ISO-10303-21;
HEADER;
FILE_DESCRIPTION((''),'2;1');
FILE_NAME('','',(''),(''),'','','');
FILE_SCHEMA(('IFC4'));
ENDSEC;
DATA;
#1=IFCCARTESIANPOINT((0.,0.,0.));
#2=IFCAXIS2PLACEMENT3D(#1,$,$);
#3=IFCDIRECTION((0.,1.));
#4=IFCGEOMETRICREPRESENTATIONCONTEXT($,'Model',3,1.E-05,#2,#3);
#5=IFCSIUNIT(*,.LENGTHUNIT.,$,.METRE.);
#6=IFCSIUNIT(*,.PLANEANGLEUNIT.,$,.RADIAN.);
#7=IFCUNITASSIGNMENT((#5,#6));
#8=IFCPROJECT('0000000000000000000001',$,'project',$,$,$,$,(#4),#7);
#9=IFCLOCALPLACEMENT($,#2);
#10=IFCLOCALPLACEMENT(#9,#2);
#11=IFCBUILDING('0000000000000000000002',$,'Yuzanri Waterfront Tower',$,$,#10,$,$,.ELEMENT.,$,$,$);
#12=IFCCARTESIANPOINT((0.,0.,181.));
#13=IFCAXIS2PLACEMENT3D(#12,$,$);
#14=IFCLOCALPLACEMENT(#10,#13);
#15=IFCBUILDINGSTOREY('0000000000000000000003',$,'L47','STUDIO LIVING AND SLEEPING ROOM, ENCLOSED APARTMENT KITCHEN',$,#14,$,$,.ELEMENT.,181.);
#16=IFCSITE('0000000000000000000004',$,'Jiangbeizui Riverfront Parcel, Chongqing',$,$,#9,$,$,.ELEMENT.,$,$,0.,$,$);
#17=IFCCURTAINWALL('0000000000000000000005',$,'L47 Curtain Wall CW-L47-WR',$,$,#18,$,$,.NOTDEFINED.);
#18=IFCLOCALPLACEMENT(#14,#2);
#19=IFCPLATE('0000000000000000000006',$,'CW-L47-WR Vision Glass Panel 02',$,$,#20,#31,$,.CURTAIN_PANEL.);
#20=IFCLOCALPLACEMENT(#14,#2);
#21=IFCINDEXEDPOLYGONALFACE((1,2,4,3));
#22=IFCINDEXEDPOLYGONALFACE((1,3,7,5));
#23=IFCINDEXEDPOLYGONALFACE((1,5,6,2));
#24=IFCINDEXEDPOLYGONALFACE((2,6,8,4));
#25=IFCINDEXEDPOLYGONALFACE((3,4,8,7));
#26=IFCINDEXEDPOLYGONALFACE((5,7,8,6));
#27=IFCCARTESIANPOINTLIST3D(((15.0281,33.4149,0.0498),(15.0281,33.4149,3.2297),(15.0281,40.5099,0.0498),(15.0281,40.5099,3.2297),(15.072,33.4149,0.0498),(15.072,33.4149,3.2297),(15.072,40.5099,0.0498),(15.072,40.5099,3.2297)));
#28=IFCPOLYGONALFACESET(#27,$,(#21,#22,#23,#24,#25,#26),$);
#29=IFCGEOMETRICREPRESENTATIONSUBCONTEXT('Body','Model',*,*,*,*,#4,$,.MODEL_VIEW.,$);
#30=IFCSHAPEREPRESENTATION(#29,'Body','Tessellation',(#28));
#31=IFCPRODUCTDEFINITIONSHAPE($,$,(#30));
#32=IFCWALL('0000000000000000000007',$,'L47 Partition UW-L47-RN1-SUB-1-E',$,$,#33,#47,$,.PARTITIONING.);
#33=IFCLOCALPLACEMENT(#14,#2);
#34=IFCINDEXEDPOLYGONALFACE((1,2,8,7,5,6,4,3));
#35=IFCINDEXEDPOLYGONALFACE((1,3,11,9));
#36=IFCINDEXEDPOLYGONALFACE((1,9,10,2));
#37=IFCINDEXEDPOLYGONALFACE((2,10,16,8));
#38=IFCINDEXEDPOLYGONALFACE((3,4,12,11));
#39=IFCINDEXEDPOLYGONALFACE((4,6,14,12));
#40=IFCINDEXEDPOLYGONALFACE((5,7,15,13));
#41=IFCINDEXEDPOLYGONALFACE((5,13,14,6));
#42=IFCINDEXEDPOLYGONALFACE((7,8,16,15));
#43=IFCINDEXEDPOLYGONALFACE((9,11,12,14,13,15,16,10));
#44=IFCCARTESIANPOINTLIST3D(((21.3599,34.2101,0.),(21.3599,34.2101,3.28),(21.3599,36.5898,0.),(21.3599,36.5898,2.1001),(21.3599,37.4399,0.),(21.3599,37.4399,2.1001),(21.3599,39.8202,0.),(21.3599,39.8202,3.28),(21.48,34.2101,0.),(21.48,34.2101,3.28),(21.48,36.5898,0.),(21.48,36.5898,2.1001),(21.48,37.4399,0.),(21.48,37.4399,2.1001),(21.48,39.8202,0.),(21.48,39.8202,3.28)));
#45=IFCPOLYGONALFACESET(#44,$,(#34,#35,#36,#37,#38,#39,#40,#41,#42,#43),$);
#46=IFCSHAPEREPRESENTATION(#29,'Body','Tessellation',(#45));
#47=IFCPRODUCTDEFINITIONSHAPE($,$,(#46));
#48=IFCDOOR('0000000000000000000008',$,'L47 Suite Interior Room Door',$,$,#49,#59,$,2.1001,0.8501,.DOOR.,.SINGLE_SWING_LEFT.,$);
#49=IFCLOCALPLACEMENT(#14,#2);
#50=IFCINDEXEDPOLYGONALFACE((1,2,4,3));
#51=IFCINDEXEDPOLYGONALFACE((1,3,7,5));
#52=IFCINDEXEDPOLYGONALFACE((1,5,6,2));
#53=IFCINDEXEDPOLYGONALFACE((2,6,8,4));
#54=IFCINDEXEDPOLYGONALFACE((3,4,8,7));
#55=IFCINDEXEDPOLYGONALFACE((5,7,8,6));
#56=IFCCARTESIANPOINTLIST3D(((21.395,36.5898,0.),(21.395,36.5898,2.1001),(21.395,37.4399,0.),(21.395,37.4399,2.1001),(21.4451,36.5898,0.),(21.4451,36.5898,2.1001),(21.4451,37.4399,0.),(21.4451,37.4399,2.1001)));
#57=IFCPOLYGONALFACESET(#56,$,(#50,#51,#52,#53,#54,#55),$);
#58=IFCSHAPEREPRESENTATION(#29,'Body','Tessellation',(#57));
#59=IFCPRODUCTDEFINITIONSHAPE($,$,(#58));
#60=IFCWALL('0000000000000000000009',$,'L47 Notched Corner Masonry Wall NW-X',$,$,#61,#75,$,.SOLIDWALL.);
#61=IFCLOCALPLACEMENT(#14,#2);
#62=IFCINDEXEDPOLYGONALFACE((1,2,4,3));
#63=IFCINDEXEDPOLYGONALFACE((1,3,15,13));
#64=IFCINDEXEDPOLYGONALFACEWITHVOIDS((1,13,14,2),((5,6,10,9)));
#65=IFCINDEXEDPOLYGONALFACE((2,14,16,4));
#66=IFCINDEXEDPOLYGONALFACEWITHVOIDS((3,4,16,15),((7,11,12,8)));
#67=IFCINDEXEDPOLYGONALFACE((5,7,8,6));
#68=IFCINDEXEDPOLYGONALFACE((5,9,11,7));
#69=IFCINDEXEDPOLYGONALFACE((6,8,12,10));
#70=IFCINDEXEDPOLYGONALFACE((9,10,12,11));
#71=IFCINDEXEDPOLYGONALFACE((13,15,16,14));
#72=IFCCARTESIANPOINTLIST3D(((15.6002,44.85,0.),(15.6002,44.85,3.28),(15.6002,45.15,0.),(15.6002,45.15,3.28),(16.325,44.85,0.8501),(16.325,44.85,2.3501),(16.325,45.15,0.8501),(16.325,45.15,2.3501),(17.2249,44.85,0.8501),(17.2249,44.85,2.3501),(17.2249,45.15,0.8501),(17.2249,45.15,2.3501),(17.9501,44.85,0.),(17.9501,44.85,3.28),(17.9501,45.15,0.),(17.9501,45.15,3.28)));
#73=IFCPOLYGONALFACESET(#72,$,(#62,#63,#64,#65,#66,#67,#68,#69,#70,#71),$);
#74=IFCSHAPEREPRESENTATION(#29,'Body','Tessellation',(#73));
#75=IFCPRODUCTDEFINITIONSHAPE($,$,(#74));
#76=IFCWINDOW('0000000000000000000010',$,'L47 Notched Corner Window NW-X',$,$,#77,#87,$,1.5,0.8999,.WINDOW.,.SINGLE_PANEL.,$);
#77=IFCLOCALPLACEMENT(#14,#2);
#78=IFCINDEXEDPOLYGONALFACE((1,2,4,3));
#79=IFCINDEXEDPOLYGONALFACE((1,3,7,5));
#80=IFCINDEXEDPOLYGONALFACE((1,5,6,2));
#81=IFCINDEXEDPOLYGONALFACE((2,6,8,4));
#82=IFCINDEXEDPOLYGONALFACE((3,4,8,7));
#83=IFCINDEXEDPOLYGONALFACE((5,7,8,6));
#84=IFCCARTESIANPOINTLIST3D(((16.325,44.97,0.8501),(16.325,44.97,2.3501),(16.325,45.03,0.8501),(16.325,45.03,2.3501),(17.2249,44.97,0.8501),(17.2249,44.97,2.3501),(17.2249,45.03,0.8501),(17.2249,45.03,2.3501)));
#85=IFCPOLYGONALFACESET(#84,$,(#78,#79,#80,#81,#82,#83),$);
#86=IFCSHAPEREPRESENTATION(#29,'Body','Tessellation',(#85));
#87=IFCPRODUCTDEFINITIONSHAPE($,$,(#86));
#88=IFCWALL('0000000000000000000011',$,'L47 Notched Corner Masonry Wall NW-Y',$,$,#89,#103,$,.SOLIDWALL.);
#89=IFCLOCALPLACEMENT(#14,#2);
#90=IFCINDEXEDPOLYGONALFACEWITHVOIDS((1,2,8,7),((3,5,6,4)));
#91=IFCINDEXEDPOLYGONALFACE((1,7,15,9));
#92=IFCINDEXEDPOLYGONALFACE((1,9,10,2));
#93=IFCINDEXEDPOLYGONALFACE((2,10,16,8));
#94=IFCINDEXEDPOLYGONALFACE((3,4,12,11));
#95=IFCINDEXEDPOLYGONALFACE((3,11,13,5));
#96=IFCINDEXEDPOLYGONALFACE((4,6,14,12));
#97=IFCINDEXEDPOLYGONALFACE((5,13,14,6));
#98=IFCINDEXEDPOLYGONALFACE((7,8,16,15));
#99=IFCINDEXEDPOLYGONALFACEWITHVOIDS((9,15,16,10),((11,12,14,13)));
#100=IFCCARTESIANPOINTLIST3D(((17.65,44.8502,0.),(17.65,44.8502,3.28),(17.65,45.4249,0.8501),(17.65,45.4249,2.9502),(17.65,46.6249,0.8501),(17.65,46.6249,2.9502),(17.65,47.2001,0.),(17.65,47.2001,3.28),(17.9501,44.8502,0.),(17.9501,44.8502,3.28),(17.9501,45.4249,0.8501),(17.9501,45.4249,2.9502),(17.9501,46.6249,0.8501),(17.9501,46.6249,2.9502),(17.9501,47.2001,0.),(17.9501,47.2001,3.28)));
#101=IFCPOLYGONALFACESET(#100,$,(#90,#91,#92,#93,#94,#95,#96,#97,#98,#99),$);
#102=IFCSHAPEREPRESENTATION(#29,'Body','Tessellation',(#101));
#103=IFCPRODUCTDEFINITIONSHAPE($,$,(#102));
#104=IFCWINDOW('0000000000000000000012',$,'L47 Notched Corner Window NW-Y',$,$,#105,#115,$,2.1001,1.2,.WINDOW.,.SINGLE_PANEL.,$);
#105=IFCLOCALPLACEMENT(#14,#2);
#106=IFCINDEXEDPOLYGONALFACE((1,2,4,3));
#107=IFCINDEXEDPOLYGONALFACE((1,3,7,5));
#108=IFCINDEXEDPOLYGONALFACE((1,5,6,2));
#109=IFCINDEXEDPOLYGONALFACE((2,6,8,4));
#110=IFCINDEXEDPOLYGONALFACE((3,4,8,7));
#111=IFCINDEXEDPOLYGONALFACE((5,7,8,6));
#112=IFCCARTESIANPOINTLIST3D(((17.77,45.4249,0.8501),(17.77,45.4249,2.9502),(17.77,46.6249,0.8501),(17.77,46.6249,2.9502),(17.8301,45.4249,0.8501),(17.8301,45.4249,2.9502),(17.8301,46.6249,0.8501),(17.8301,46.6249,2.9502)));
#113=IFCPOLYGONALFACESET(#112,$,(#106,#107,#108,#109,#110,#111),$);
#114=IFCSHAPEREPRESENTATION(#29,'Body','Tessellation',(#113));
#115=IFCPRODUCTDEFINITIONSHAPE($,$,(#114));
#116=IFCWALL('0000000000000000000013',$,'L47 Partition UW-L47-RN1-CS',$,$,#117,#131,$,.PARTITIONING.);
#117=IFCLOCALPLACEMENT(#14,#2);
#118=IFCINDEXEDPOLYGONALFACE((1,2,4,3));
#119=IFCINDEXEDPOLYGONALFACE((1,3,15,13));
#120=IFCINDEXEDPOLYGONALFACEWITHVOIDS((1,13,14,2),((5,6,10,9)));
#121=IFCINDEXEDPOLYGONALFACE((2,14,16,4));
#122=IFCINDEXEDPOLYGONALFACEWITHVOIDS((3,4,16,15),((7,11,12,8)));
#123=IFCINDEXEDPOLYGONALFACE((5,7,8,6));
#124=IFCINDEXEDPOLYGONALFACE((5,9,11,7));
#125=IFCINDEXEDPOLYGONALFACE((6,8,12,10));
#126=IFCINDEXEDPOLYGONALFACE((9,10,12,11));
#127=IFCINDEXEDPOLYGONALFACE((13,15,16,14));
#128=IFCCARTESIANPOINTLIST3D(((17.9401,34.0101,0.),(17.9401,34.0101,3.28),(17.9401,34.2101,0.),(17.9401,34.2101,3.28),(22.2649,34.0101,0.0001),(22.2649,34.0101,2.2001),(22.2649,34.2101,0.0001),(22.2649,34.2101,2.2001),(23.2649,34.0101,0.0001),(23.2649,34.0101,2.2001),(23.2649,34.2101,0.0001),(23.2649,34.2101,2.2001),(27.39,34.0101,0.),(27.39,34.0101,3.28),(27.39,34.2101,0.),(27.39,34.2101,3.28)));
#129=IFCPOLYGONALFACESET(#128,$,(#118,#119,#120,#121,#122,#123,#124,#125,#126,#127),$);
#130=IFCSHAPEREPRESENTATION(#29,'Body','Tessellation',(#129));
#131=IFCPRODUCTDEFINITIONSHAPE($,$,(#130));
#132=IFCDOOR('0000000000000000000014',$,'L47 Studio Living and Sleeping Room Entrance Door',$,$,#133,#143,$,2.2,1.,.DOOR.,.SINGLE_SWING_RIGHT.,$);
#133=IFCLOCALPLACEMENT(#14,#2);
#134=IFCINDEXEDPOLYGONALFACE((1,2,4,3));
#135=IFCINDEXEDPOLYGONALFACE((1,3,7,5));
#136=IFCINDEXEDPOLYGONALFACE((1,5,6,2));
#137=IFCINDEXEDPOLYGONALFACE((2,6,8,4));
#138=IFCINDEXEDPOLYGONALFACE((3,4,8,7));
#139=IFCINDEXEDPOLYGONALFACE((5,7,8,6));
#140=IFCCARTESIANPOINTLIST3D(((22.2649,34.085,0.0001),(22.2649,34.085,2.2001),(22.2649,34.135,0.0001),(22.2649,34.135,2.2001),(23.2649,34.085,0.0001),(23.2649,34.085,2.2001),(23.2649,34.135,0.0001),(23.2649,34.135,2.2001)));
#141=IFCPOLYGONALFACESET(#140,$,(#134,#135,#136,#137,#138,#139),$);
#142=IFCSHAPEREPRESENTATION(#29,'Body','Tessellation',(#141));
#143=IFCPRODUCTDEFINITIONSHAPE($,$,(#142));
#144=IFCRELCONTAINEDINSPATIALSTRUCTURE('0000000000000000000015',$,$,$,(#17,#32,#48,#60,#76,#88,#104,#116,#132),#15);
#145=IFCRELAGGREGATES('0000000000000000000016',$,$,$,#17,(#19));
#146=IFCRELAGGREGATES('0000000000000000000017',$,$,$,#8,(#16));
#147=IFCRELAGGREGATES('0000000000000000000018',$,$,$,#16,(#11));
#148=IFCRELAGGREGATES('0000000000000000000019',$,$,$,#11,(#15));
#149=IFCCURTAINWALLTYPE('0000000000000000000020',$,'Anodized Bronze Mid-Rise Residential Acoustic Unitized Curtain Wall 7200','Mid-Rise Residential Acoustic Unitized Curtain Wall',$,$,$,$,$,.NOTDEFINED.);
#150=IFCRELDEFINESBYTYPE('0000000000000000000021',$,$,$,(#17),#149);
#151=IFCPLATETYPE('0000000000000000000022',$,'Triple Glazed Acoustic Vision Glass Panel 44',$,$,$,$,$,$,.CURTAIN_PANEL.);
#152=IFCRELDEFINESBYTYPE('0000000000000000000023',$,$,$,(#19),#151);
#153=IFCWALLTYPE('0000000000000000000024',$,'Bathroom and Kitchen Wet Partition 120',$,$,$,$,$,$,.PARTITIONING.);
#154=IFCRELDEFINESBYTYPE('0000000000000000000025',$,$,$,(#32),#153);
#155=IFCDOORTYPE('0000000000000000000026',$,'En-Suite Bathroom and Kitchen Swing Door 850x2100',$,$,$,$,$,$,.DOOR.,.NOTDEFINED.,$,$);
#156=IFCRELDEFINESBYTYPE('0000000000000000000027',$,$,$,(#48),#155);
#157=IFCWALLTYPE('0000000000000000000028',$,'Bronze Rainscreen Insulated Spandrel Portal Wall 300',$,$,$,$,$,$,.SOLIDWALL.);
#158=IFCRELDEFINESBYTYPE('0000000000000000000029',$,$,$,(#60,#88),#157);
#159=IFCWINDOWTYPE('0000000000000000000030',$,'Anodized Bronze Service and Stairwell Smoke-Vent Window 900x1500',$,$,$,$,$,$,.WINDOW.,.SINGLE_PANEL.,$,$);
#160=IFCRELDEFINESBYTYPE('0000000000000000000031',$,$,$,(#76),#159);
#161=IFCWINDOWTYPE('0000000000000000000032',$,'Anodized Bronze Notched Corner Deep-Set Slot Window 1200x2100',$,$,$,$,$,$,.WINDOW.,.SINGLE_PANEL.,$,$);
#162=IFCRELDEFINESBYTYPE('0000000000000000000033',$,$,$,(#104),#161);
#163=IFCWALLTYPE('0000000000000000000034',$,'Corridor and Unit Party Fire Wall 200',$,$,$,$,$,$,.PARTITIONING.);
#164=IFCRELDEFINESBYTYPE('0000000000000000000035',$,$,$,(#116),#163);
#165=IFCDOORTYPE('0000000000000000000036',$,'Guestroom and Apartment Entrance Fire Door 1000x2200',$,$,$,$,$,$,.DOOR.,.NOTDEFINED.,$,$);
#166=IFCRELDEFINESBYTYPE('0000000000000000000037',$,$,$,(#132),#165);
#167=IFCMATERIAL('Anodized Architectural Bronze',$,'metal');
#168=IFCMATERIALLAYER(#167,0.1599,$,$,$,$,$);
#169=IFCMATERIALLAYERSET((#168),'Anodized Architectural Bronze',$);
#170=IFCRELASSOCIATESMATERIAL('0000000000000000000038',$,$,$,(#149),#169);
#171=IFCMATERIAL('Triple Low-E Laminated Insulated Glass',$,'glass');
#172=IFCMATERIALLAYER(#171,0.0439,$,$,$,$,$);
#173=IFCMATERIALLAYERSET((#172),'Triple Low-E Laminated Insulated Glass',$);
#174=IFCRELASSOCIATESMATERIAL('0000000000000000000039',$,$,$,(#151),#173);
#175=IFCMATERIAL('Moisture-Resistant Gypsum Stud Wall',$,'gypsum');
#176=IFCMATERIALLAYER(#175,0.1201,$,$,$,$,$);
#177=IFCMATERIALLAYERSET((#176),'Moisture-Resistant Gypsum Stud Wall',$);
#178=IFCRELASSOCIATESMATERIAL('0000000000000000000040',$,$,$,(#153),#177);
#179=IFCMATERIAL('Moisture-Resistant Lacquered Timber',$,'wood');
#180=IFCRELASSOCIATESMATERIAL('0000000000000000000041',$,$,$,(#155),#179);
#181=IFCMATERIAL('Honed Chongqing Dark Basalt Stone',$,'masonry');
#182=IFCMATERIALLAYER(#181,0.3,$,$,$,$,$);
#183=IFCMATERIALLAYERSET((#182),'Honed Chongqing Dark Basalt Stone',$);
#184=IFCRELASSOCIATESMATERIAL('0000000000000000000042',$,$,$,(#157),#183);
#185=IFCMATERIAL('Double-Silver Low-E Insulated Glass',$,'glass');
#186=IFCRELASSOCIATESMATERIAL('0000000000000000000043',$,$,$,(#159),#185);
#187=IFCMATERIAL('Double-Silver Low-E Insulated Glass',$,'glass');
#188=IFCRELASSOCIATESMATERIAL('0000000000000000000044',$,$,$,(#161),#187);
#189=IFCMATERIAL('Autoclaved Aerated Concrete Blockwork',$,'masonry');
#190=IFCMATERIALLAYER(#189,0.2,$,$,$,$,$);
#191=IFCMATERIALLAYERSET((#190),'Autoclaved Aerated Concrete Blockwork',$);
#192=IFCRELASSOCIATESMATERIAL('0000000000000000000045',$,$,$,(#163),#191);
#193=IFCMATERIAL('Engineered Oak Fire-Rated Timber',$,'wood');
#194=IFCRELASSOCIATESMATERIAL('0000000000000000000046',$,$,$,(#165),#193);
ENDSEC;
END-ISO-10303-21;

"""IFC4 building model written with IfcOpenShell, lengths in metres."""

from ifc_helpers import new_model, si_unit, direction, frame, frame_2d, origin, origin_2d, place, context, subcontext, project, spatial, rectangle, extrude, source, transform, mapped, material, layer, layer_set, type_object, element, fill, aggregate, save


model = new_model("IFC4")

# Units and contexts
model_context = context("Model", 3, precision=1e-05, world=origin(), true_north=direction((0.0, 1.0)))
body_context = subcontext(model_context, "Body", "Model", "MODEL_VIEW")
ifc_project = project(units=[si_unit("LENGTHUNIT", "METRE"), si_unit("PLANEANGLEUNIT", "RADIAN")], contexts=[model_context])

# Site, building, storey
site_placement = place(None, origin())
site = spatial("IfcSite", under=ifc_project, at=site_placement, Name="Jiangbeizui Riverfront Parcel, Chongqing", CompositionType="ELEMENT", RefElevation=0.0)
building_placement = place(site_placement, origin())
building = spatial("IfcBuilding", under=site, at=building_placement, Name="Yuzanri Waterfront Tower", CompositionType="ELEMENT")
storey_placement = place(building_placement, frame((0.0, 0.0, 181.0)))
storey = spatial("IfcBuildingStorey", under=building, at=storey_placement, Name="L47", Description="STUDIO LIVING AND SLEEPING ROOM, ENCLOSED APARTMENT KITCHEN", CompositionType="ELEMENT", Elevation=181.0)

# Curtain wall
ifc_material_1 = material(Name="Anodized Architectural Bronze", Category="metal")
ifc_layer_1 = layer(ifc_material_1, 0.1599)
ifc_layer_set_1 = layer_set([ifc_layer_1], Name="Anodized Architectural Bronze")
curtain_wall_type = type_object("IfcCurtainWallType", Name="Anodized Bronze Mid-Rise Residential Acoustic Unitized Curtain Wall 7200", Description="Mid-Rise Residential Acoustic Unitized Curtain Wall", PredefinedType="NOTDEFINED", material=ifc_layer_set_1)
curtain_wall_placement = place(storey_placement, origin())
curtain_wall = element("IfcCurtainWall", 1, at=curtain_wall_placement, inside=storey, type_object=curtain_wall_type, Name="L47 Curtain Wall CW-L47-WR", PredefinedType="NOTDEFINED")

# Plate
ifc_material_2 = material(Name="Triple Low-E Laminated Insulated Glass", Category="glass")
ifc_layer_2 = layer(ifc_material_2, 0.0439)
ifc_layer_set_2 = layer_set([ifc_layer_2], Name="Triple Low-E Laminated Insulated Glass")
plate_type_1 = type_object("IfcPlateType", Name="Triple Glazed Acoustic Vision Glass Panel 44", PredefinedType="CURTAIN_PANEL", material=ifc_layer_set_2)
shared_shape_1 = source(origin(), body_context, "Body", "SweptSolid", [
    extrude(rectangle(XDim=7.095, YDim=0.0439, at=origin_2d()), origin(), (0.0, 0.0, 1.0), 3.1799),
])
plate_placement = place(storey_placement, frame((15.05, 36.9624, 0.0498), z_axis=(0.0, 0.0, 1.0), x_axis=(0.0, 1.0, 0.0)))
plate = element("IfcPlate", 2, at=plate_placement, type_object=plate_type_1, Name="CW-L47-WR Vision Glass Panel 02", PredefinedType="CURTAIN_PANEL", context=body_context, shape_type="MappedRepresentation", body=[
    mapped(shared_shape_1, transform((0.0, 0.0, 0.0), scale=1.0)),
])
aggregate(curtain_wall, [plate])

# Wall, opening, door
ifc_material_3 = material(Name="Moisture-Resistant Gypsum Stud Wall", Category="gypsum")
ifc_layer_3 = layer(ifc_material_3, 0.1201)
ifc_layer_set_3 = layer_set([ifc_layer_3], Name="Moisture-Resistant Gypsum Stud Wall")
wall_type_1 = type_object("IfcWallType", Name="Bathroom and Kitchen Wet Partition 120", PredefinedType="PARTITIONING", material=ifc_layer_set_3)
wall_1_placement = place(storey_placement, frame((21.4199, 34.21, 0.0), z_axis=(0.0, 0.0, 1.0), x_axis=(0.0, 1.0, 0.0)))
wall_1 = element("IfcWall", 3, at=wall_1_placement, inside=storey, type_object=wall_type_1, Name="L47 Partition UW-L47-RN1-SUB-1-E", PredefinedType="PARTITIONING", context=body_context, shape_type="SweptSolid", body=[
    extrude(rectangle(XDim=5.6101, YDim=0.1201, at=frame_2d((2.8052, 0.0))), origin(), (0.0, 0.0, 1.0), 3.28),
])
opening_1_placement = place(wall_1_placement, frame((2.3799, 0.0, 0.0)))
opening_1 = element("IfcOpeningElement", 4, at=opening_1_placement, cuts=wall_1, PredefinedType="OPENING", context=body_context, shape_type="SweptSolid", body=[
    extrude(rectangle(XDim=0.8501, YDim=2.1001, at=frame_2d((0.425, 1.05))), frame((0.0, 0.075, 0.0), z_axis=(0.0, -1.0, 0.0), x_axis=(1.0, 0.0, 0.0)), (0.0, 0.0, 1.0), 0.1499),
])
ifc_material_4 = material(Name="Moisture-Resistant Lacquered Timber", Category="wood")
door_type_1 = type_object("IfcDoorType", Name="En-Suite Bathroom and Kitchen Swing Door 850x2100", OperationType="NOTDEFINED", PredefinedType="DOOR", material=ifc_material_4)
shared_shape_2 = source(origin(), body_context, "Body", "SweptSolid", [
    extrude(rectangle(XDim=0.8501, YDim=2.1001, at=frame_2d((0.425, 1.05))), frame((0.0, 0.0249, 0.0), z_axis=(0.0, -1.0, 0.0), x_axis=(1.0, 0.0, 0.0)), (0.0, 0.0, 1.0), 0.05),
])
door_1_placement = place(opening_1_placement, origin())
door_1 = element("IfcDoor", 5, at=door_1_placement, inside=storey, type_object=door_type_1, Name="L47 Suite Interior Room Door", OperationType="SINGLE_SWING_LEFT", OverallHeight=2.1001, OverallWidth=0.8501, PredefinedType="DOOR", context=body_context, shape_type="MappedRepresentation", body=[
    mapped(shared_shape_2, transform((0.0, 0.0, 0.0), scale=1.0)),
])
fill(opening_1, door_1)

# Walls, openings, windows
ifc_material_5 = material(Name="Honed Chongqing Dark Basalt Stone", Category="masonry")
ifc_layer_4 = layer(ifc_material_5, 0.3)
ifc_layer_set_4 = layer_set([ifc_layer_4], Name="Honed Chongqing Dark Basalt Stone")
wall_type_2 = type_object("IfcWallType", Name="Bronze Rainscreen Insulated Spandrel Portal Wall 300", PredefinedType="SOLIDWALL", material=ifc_layer_set_4)
wall_2_placement = place(storey_placement, frame((17.95, 45.0, 0.0), z_axis=(0.0, 0.0, 1.0), x_axis=(-1.0, 0.0, 0.0)))
wall_2 = element("IfcWall", 6, at=wall_2_placement, inside=storey, type_object=wall_type_2, Name="L47 Notched Corner Masonry Wall NW-X", PredefinedType="SOLIDWALL", context=body_context, shape_type="SweptSolid", body=[
    extrude(rectangle(XDim=2.3499, YDim=0.3, at=frame_2d((1.1748, 0.0))), origin(), (0.0, 0.0, 1.0), 3.28),
])
opening_2_placement = place(wall_2_placement, frame((0.7251, 0.0, 0.8501)))
opening_2 = element("IfcOpeningElement", 7, at=opening_2_placement, cuts=wall_2, PredefinedType="OPENING", context=body_context, shape_type="SweptSolid", body=[
    extrude(rectangle(XDim=0.8999, YDim=1.5, at=frame_2d((0.45, 0.75))), frame((0.0, 0.165, 0.0), z_axis=(0.0, -1.0, 0.0), x_axis=(1.0, 0.0, 0.0)), (0.0, 0.0, 1.0), 0.3298),
])
ifc_material_6 = material(Name="Double-Silver Low-E Insulated Glass", Category="glass")
window_type_1 = type_object("IfcWindowType", Name="Anodized Bronze Service and Stairwell Smoke-Vent Window 900x1500", PartitioningType="SINGLE_PANEL", PredefinedType="WINDOW", material=ifc_material_6)
shared_shape_3 = source(origin(), body_context, "Body", "SweptSolid", [
    extrude(rectangle(XDim=0.8999, YDim=1.5, at=frame_2d((0.45, 0.75))), frame((0.0, 0.03, 0.0), z_axis=(0.0, -1.0, 0.0), x_axis=(1.0, 0.0, 0.0)), (0.0, 0.0, 1.0), 0.0601),
])
window_1_placement = place(opening_2_placement, origin())
window_1 = element("IfcWindow", 8, at=window_1_placement, inside=storey, type_object=window_type_1, Name="L47 Notched Corner Window NW-X", OverallHeight=1.5, OverallWidth=0.8999, PartitioningType="SINGLE_PANEL", PredefinedType="WINDOW", context=body_context, shape_type="MappedRepresentation", body=[
    mapped(shared_shape_3, transform((0.0, 0.0, 0.0), scale=1.0)),
])
fill(opening_2, window_1)
wall_3_placement = place(storey_placement, frame((17.8, 47.2, 0.0), z_axis=(0.0, 0.0, 1.0), x_axis=(0.0, -1.0, 0.0)))
wall_3 = element("IfcWall", 9, at=wall_3_placement, inside=storey, type_object=wall_type_2, Name="L47 Notched Corner Masonry Wall NW-Y", PredefinedType="SOLIDWALL", context=body_context, shape_type="SweptSolid", body=[
    extrude(rectangle(XDim=2.3499, YDim=0.3, at=frame_2d((1.1748, 0.0))), origin(), (0.0, 0.0, 1.0), 3.28),
])
opening_3_placement = place(wall_3_placement, frame((0.575, 0.0, 0.8501)))
opening_3 = element("IfcOpeningElement", 10, at=opening_3_placement, cuts=wall_3, PredefinedType="OPENING", context=body_context, shape_type="SweptSolid", body=[
    extrude(rectangle(XDim=1.2, YDim=2.1001, at=frame_2d((0.6001, 1.05))), frame((0.0, 0.165, 0.0), z_axis=(0.0, -1.0, 0.0), x_axis=(1.0, 0.0, 0.0)), (0.0, 0.0, 1.0), 0.3298),
])
ifc_material_7 = material(Name="Double-Silver Low-E Insulated Glass", Category="glass")
window_type_2 = type_object("IfcWindowType", Name="Anodized Bronze Notched Corner Deep-Set Slot Window 1200x2100", PartitioningType="SINGLE_PANEL", PredefinedType="WINDOW", material=ifc_material_7)
shared_shape_4 = source(origin(), body_context, "Body", "SweptSolid", [
    extrude(rectangle(XDim=1.2, YDim=2.1001, at=frame_2d((0.6001, 1.05))), frame((0.0, 0.03, 0.0), z_axis=(0.0, -1.0, 0.0), x_axis=(1.0, 0.0, 0.0)), (0.0, 0.0, 1.0), 0.0601),
])
window_2_placement = place(opening_3_placement, origin())
window_2 = element("IfcWindow", 11, at=window_2_placement, inside=storey, type_object=window_type_2, Name="L47 Notched Corner Window NW-Y", OverallHeight=2.1001, OverallWidth=1.2, PartitioningType="SINGLE_PANEL", PredefinedType="WINDOW", context=body_context, shape_type="MappedRepresentation", body=[
    mapped(shared_shape_4, transform((0.0, 0.0, 0.0), scale=1.0)),
])
fill(opening_3, window_2)

# Wall, opening, door
ifc_material_8 = material(Name="Autoclaved Aerated Concrete Blockwork", Category="masonry")
ifc_layer_5 = layer(ifc_material_8, 0.2)
ifc_layer_set_5 = layer_set([ifc_layer_5], Name="Autoclaved Aerated Concrete Blockwork")
wall_type_3 = type_object("IfcWallType", Name="Corridor and Unit Party Fire Wall 200", PredefinedType="PARTITIONING", material=ifc_layer_set_5)
wall_4_placement = place(storey_placement, frame((17.9399, 34.1101, 0.0), z_axis=(0.0, 0.0, 1.0), x_axis=(1.0, 0.0, 0.0)))
wall_4 = element("IfcWall", 12, at=wall_4_placement, inside=storey, type_object=wall_type_3, Name="L47 Partition UW-L47-RN1-CS", PredefinedType="PARTITIONING", context=body_context, shape_type="SweptSolid", body=[
    extrude(rectangle(XDim=9.45, YDim=0.2, at=frame_2d((4.7251, 0.0))), origin(), (0.0, 0.0, 1.0), 3.28),
])
opening_4_placement = place(wall_4_placement, frame((4.325, 0.0, 0.0)))
opening_4 = element("IfcOpeningElement", 13, at=opening_4_placement, cuts=wall_4, PredefinedType="OPENING", context=body_context, shape_type="SweptSolid", body=[
    extrude(rectangle(XDim=1.0, YDim=2.2, at=frame_2d((0.5, 1.1001))), frame((0.0, 0.1147, 0.0), z_axis=(0.0, -1.0, 0.0), x_axis=(1.0, 0.0, 0.0)), (0.0, 0.0, 1.0), 0.2297),
])
ifc_material_9 = material(Name="Engineered Oak Fire-Rated Timber", Category="wood")
door_type_2 = type_object("IfcDoorType", Name="Guestroom and Apartment Entrance Fire Door 1000x2200", OperationType="NOTDEFINED", PredefinedType="DOOR", material=ifc_material_9)
shared_shape_5 = source(origin(), body_context, "Body", "SweptSolid", [
    extrude(rectangle(XDim=1.0, YDim=2.2, at=frame_2d((0.5, 1.1001))), frame((0.0, 0.0249, 0.0), z_axis=(0.0, -1.0, 0.0), x_axis=(1.0, 0.0, 0.0)), (0.0, 0.0, 1.0), 0.05),
])
door_2_placement = place(opening_4_placement, origin())
door_2 = element("IfcDoor", 14, at=door_2_placement, inside=storey, type_object=door_type_2, Name="L47 Studio Living and Sleeping Room Entrance Door", OperationType="SINGLE_SWING_RIGHT", OverallHeight=2.2, OverallWidth=1.0, PredefinedType="DOOR", context=body_context, shape_type="MappedRepresentation", body=[
    mapped(shared_shape_5, transform((0.0, 0.0, 0.0), scale=1.0)),
])
fill(opening_4, door_2)

save(model, "model.ifc")
